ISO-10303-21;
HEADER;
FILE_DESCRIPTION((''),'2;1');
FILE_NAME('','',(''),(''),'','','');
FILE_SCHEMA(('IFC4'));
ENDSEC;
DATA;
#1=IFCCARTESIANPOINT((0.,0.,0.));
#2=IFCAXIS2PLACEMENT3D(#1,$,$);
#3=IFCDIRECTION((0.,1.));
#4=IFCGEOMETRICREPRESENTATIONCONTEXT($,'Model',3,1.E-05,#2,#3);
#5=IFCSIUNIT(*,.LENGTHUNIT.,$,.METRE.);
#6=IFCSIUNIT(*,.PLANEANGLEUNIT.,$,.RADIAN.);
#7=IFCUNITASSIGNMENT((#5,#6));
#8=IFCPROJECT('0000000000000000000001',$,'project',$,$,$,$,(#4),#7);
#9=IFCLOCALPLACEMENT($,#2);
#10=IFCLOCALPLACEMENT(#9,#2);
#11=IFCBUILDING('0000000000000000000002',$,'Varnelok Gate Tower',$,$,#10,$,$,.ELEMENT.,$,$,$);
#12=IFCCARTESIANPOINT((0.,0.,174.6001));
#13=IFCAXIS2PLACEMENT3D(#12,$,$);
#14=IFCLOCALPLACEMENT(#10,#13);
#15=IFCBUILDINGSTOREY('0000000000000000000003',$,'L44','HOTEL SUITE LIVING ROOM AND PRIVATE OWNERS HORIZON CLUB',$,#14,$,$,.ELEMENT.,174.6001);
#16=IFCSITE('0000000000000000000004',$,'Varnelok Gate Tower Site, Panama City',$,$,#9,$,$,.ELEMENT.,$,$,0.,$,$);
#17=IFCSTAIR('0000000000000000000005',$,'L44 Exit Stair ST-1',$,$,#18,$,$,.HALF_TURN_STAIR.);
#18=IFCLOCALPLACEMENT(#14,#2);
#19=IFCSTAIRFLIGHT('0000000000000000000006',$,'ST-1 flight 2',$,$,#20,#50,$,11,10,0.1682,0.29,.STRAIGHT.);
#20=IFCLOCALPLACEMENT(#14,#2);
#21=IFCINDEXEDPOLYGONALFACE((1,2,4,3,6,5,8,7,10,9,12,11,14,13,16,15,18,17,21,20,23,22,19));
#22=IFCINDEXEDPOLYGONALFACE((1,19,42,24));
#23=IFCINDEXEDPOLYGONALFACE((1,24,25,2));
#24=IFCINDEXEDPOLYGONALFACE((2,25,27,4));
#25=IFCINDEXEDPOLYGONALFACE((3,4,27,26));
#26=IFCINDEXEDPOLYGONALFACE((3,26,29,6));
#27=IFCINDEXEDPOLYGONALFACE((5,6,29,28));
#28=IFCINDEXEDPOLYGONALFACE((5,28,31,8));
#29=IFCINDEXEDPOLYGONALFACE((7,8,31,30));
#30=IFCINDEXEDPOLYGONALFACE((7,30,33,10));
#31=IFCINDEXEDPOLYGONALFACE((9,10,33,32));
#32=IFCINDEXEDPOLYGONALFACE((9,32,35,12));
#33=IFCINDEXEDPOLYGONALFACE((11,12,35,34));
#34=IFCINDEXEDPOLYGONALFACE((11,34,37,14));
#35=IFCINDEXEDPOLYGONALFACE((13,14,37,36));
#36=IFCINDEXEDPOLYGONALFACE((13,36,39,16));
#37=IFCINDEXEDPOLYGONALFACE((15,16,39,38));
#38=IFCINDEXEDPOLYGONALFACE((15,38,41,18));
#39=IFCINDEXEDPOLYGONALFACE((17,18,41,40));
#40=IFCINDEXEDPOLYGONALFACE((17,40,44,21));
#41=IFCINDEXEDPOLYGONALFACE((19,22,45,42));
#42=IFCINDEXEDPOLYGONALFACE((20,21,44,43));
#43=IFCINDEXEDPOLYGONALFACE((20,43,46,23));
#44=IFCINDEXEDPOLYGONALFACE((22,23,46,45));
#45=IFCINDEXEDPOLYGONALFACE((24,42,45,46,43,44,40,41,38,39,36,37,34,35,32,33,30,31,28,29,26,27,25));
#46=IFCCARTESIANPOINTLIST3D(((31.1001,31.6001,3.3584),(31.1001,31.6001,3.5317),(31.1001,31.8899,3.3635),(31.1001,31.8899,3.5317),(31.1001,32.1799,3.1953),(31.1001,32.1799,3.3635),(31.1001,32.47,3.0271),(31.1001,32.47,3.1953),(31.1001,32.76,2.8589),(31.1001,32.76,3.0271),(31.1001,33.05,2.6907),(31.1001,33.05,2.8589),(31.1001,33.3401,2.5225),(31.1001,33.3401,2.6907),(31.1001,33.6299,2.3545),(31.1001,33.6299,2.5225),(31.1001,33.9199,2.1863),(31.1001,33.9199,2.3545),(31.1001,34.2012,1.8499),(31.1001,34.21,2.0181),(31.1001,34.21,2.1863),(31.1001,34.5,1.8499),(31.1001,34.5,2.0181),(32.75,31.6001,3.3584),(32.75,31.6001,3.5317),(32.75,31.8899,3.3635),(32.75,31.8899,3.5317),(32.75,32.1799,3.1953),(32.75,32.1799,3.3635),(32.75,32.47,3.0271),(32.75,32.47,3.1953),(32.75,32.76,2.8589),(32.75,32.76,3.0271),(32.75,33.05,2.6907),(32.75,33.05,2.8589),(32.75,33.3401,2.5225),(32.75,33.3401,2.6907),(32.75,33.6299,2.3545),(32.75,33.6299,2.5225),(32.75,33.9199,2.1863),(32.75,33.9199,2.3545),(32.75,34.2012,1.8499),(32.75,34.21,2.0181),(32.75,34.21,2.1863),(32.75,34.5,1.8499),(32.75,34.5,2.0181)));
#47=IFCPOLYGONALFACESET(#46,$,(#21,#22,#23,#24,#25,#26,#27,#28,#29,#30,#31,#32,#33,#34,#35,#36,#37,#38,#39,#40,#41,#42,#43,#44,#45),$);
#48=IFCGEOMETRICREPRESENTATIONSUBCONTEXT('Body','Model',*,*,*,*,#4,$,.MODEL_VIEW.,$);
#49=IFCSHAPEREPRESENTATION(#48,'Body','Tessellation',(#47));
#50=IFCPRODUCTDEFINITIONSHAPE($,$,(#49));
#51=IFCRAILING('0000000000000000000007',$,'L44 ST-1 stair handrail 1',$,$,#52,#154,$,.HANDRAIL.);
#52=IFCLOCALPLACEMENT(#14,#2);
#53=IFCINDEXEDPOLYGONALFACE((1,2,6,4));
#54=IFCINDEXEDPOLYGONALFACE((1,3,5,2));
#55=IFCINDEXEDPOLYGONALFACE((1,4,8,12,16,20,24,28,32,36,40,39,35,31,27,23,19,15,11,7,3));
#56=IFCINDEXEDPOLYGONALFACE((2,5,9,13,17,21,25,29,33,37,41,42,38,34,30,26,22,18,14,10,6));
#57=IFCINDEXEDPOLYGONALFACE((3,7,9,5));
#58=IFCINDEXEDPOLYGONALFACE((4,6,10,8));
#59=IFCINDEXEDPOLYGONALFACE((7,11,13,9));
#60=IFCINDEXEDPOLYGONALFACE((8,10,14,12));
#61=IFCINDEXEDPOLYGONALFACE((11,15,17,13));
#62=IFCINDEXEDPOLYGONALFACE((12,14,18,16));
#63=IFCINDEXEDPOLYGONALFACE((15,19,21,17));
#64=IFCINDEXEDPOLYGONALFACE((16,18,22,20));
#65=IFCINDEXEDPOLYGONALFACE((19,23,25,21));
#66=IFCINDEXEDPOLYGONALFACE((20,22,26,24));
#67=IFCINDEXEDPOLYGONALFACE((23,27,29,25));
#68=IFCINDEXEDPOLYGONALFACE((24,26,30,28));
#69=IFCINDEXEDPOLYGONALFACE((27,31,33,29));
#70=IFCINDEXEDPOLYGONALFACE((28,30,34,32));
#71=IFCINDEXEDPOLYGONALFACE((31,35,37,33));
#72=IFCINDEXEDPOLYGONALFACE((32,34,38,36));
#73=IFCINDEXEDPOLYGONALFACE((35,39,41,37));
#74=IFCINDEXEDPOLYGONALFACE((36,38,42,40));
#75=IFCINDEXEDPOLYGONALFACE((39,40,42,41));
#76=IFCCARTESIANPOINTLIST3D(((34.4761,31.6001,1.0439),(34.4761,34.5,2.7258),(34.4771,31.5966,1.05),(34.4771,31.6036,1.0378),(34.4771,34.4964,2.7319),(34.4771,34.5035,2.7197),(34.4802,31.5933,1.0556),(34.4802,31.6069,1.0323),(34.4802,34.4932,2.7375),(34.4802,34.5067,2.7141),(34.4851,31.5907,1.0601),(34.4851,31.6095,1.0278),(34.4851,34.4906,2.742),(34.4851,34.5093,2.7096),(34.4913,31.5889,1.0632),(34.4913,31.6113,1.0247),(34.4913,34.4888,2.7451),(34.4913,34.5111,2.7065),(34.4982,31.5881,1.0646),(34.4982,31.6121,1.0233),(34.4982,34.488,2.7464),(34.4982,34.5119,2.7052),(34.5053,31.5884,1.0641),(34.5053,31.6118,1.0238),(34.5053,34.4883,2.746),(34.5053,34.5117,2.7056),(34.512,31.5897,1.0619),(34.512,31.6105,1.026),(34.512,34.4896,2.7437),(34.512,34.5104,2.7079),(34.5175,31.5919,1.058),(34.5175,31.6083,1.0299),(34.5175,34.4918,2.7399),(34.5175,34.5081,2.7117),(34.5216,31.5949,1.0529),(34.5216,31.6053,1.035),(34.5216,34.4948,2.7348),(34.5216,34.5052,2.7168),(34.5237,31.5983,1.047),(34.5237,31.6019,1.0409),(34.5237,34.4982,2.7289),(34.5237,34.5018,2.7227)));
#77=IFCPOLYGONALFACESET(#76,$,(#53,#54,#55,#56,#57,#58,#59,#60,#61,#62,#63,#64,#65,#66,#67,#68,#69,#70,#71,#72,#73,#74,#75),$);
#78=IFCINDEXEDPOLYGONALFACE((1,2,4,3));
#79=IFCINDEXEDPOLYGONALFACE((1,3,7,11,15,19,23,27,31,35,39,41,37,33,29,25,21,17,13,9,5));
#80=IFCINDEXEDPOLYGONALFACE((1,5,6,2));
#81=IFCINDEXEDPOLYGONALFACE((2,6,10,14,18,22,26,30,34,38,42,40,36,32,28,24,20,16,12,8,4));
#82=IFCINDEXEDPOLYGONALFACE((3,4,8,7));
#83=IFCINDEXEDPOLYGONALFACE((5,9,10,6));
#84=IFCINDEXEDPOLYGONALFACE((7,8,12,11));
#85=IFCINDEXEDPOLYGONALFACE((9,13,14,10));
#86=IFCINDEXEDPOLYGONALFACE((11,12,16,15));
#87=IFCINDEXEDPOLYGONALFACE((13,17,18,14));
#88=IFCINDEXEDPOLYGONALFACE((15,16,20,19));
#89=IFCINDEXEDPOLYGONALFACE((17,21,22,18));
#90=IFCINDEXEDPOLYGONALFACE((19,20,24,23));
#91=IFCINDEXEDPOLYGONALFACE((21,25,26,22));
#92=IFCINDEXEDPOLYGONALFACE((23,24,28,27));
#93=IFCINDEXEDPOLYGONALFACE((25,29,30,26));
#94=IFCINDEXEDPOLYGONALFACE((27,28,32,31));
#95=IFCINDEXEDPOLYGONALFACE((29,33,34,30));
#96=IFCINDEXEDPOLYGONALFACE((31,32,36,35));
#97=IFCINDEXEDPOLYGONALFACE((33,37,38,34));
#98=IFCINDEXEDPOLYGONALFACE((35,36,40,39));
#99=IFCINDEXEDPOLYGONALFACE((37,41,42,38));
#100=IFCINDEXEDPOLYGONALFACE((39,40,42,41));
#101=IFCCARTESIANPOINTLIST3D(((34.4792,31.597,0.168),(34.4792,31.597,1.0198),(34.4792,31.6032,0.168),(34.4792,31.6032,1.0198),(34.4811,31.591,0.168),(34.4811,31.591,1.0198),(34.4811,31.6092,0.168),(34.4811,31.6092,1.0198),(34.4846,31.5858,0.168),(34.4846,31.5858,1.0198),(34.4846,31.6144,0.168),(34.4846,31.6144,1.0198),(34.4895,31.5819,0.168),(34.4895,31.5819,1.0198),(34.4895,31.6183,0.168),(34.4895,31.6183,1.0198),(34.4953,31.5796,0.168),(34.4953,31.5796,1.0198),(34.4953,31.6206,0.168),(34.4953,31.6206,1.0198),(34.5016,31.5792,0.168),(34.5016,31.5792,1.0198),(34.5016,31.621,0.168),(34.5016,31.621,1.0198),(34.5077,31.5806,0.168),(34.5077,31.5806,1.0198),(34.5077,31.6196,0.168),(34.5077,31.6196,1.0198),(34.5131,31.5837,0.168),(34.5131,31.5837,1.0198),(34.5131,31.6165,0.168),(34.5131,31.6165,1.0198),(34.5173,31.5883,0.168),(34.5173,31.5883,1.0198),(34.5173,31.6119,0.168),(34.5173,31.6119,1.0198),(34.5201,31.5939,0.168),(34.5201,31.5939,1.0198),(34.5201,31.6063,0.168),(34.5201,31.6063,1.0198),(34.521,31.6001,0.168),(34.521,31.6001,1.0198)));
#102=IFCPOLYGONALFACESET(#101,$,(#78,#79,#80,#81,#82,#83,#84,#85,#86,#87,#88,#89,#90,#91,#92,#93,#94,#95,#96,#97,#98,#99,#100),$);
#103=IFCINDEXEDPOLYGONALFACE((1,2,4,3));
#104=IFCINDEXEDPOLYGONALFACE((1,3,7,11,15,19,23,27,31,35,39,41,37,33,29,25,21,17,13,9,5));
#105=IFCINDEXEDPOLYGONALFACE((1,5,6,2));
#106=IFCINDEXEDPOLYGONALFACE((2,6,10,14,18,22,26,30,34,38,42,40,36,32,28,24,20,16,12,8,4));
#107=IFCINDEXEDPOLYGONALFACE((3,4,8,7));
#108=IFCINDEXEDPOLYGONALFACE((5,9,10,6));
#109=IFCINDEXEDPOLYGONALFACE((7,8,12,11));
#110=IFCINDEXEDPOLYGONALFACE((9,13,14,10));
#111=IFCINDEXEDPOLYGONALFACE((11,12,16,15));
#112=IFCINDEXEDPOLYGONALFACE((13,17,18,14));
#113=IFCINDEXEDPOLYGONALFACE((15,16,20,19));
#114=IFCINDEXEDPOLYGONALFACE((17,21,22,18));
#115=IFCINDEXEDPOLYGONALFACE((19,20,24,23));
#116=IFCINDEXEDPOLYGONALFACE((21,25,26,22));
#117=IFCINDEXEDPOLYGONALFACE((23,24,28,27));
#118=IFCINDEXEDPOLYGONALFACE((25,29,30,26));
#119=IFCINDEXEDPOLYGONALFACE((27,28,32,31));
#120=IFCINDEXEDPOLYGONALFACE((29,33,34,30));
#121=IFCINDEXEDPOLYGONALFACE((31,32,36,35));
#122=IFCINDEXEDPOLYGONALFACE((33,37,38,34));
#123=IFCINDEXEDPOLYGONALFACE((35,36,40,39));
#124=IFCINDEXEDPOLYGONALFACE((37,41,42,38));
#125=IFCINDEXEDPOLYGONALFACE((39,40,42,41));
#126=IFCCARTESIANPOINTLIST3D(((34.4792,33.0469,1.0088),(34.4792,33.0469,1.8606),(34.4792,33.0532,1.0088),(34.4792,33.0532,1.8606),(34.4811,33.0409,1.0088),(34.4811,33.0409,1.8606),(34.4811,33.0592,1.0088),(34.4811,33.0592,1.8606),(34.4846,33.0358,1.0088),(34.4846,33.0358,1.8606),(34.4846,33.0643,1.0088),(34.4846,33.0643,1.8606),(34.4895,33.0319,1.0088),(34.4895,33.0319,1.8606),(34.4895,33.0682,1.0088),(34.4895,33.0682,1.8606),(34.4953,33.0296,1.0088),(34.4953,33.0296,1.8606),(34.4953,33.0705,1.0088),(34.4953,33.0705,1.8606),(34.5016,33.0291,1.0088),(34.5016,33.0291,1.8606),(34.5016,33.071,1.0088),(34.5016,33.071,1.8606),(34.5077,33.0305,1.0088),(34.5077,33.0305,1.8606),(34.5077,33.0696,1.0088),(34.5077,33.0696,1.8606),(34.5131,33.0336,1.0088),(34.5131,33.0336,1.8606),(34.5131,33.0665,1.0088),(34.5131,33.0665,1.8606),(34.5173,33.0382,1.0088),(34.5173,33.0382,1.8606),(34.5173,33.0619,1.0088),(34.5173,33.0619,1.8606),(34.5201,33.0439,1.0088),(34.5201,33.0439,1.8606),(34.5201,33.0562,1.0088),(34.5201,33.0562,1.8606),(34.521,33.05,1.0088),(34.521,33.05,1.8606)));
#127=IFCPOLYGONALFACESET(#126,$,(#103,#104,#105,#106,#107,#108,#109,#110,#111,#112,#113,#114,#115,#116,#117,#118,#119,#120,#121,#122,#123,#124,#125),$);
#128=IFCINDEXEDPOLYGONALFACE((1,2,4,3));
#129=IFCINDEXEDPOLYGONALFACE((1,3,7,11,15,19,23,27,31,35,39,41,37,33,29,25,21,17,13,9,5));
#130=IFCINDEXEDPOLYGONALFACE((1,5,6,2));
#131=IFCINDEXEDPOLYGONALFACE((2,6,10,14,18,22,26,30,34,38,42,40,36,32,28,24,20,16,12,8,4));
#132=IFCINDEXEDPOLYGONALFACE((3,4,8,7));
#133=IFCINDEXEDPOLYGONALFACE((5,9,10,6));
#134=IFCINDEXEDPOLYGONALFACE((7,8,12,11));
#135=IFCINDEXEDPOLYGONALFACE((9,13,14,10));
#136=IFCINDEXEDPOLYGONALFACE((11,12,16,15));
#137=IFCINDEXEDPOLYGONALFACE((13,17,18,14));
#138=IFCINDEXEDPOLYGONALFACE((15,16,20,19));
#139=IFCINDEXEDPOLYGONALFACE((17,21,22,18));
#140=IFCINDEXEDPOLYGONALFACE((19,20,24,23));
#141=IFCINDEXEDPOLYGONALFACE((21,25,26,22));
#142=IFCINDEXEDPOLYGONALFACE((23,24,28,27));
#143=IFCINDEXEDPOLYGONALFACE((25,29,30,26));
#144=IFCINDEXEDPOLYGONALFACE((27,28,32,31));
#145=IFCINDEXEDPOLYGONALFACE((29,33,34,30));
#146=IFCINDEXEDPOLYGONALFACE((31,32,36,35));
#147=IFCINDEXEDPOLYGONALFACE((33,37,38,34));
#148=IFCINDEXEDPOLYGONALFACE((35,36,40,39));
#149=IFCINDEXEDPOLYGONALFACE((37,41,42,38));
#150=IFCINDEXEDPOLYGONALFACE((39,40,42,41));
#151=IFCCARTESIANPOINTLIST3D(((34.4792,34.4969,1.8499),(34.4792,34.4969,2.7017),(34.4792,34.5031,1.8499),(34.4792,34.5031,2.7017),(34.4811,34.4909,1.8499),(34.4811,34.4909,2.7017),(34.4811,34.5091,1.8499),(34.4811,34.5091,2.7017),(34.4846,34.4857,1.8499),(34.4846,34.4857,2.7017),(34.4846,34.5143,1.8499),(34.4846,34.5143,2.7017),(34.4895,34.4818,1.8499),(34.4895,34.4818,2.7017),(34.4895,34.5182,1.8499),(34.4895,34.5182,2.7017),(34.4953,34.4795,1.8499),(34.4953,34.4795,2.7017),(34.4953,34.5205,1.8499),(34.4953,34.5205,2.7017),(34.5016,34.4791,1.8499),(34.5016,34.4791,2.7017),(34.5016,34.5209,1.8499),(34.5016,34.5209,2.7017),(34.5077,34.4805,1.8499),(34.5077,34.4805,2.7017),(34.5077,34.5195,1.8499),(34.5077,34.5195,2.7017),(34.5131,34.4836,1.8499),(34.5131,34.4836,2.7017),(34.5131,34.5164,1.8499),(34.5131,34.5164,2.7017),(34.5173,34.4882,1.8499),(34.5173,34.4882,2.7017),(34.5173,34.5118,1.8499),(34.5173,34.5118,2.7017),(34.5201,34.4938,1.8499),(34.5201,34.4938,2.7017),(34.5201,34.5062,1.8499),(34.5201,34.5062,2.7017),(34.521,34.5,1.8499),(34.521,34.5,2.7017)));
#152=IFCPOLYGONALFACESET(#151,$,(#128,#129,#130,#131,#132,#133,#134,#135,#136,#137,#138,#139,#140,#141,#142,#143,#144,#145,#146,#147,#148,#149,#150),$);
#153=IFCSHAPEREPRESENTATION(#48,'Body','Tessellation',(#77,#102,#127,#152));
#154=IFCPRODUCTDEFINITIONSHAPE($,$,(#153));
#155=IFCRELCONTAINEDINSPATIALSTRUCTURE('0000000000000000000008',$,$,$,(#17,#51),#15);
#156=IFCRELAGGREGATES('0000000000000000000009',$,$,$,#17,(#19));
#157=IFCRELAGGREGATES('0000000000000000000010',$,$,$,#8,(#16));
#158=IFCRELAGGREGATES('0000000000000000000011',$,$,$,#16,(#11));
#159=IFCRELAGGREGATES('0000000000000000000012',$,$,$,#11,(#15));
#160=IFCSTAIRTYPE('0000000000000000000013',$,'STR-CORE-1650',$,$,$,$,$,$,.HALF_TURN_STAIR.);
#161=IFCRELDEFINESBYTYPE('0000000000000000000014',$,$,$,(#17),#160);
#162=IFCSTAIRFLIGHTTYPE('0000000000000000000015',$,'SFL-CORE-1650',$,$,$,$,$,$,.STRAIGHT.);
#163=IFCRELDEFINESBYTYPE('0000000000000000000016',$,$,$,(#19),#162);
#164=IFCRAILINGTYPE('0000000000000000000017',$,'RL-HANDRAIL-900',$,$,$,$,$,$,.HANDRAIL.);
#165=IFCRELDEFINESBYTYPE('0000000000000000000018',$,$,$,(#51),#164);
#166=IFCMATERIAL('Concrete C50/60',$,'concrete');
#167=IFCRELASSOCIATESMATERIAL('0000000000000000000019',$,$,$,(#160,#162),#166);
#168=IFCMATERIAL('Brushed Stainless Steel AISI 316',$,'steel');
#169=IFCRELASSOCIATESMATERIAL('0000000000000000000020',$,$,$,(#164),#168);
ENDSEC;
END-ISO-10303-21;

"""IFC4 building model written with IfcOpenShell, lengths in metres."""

from ifc_helpers import new_model, si_unit, direction, frame, origin, origin_2d, place, context, subcontext, project, spatial, polyline, circle, outline, extrude, material, type_object, element, aggregate, save


model = new_model("IFC4")

# Units and contexts
model_context = context("Model", 3, precision=1e-05, world=origin(), true_north=direction((0.0, 1.0)))
body_context = subcontext(model_context, "Body", "Model", "MODEL_VIEW")
ifc_project = project(units=[si_unit("LENGTHUNIT", "METRE"), si_unit("PLANEANGLEUNIT", "RADIAN")], contexts=[model_context])

# Site, building, storey
site_placement = place(None, origin())
site = spatial("IfcSite", under=ifc_project, at=site_placement, Name="Varnelok Gate Tower Site, Panama City", CompositionType="ELEMENT", RefElevation=0.0)
building_placement = place(site_placement, origin())
building = spatial("IfcBuilding", under=site, at=building_placement, Name="Varnelok Gate Tower", CompositionType="ELEMENT")
storey_placement = place(building_placement, frame((0.0, 0.0, 174.6001)))
storey = spatial("IfcBuildingStorey", under=building, at=storey_placement, Name="L44", Description="HOTEL SUITE LIVING ROOM AND PRIVATE OWNERS HORIZON CLUB", CompositionType="ELEMENT", Elevation=174.6001)

# Stair, stair flight
ifc_material_1 = material(Name="Concrete C50/60", Category="concrete")
stair_type = type_object("IfcStairType", Name="STR-CORE-1650", PredefinedType="HALF_TURN_STAIR", material=ifc_material_1)
stair_placement = place(storey_placement, origin())
stair = element("IfcStair", 1, at=stair_placement, inside=storey, type_object=stair_type, Name="L44 Exit Stair ST-1", PredefinedType="HALF_TURN_STAIR")
stair_flight_type = type_object("IfcStairFlightType", Name="SFL-CORE-1650", PredefinedType="STRAIGHT", material=ifc_material_1)
stair_flight_1_placement = place(storey_placement, frame((31.925, 34.5, 1.8499), z_axis=(0.0, 0.0, 1.0), x_axis=(0.0, -1.0, 0.0)))
stair_flight_1 = element("IfcStairFlight", 2, at=stair_flight_1_placement, type_object=stair_flight_type, Name="ST-1 flight 2", NumberOfRisers=11, NumberOfTreads=10, PredefinedType="STRAIGHT", RiserHeight=0.1682, TreadLength=0.29, context=body_context, shape_type="SweptSolid", body=[
    extrude(outline(polyline([(0.0, 0.0), (0.0, 0.1682), (0.29, 0.1682), (0.29, 0.3364), (0.5801, 0.3364), (0.5801, 0.5046), (0.8701, 0.5046), (0.8701, 0.6726), (1.1599, 0.6726), (1.1599, 0.8408), (1.45, 0.8408), (1.45, 1.009), (1.74, 1.009), (1.74, 1.1772), (2.03, 1.1772), (2.03, 1.3455), (2.3201, 1.3455), (2.3201, 1.5137), (2.6101, 1.5137), (2.6101, 1.6819), (2.8999, 1.6819), (2.8999, 1.8501), (2.8999, 1.5085), (0.2988, 0.0), (0.0, 0.0)])), frame((0.0, 0.825, 0.0), z_axis=(0.0, -1.0, 0.0), x_axis=(1.0, 0.0, 0.0)), (0.0, 0.0, 1.0), 1.6499),
])
aggregate(stair, [stair_flight_1])

# Railing
ifc_material_2 = material(Name="Brushed Stainless Steel AISI 316", Category="steel")
railing_type_1 = type_object("IfcRailingType", Name="RL-HANDRAIL-900", PredefinedType="HANDRAIL", material=ifc_material_2)
railing_1_placement = place(storey_placement, frame((34.5, 31.6001, 0.168)))
element("IfcRailing", 3, at=railing_1_placement, inside=storey, type_object=railing_type_1, Name="L44 ST-1 stair handrail 1", PredefinedType="HANDRAIL", context=body_context, shape_type="SweptSolid", body=[
    extrude(circle(Radius=0.0239, at=origin_2d()), frame((0.0, 0.0, 0.876), z_axis=(0.0, 0.865039, 0.501705), x_axis=(-1.0, 0.0, 0.0)), (0.0, 0.0, 1.0), 3.3523),
    extrude(circle(Radius=0.021, at=origin_2d()), origin(), (0.0, 0.0, 1.0), 0.8518),
    extrude(circle(Radius=0.021, at=origin_2d()), frame((0.0, 1.45, 0.8408)), (0.0, 0.0, 1.0), 0.8518),
    extrude(circle(Radius=0.021, at=origin_2d()), frame((0.0, 2.8999, 1.6819)), (0.0, 0.0, 1.0), 0.8518),
])

save(model, "model.ifc")
